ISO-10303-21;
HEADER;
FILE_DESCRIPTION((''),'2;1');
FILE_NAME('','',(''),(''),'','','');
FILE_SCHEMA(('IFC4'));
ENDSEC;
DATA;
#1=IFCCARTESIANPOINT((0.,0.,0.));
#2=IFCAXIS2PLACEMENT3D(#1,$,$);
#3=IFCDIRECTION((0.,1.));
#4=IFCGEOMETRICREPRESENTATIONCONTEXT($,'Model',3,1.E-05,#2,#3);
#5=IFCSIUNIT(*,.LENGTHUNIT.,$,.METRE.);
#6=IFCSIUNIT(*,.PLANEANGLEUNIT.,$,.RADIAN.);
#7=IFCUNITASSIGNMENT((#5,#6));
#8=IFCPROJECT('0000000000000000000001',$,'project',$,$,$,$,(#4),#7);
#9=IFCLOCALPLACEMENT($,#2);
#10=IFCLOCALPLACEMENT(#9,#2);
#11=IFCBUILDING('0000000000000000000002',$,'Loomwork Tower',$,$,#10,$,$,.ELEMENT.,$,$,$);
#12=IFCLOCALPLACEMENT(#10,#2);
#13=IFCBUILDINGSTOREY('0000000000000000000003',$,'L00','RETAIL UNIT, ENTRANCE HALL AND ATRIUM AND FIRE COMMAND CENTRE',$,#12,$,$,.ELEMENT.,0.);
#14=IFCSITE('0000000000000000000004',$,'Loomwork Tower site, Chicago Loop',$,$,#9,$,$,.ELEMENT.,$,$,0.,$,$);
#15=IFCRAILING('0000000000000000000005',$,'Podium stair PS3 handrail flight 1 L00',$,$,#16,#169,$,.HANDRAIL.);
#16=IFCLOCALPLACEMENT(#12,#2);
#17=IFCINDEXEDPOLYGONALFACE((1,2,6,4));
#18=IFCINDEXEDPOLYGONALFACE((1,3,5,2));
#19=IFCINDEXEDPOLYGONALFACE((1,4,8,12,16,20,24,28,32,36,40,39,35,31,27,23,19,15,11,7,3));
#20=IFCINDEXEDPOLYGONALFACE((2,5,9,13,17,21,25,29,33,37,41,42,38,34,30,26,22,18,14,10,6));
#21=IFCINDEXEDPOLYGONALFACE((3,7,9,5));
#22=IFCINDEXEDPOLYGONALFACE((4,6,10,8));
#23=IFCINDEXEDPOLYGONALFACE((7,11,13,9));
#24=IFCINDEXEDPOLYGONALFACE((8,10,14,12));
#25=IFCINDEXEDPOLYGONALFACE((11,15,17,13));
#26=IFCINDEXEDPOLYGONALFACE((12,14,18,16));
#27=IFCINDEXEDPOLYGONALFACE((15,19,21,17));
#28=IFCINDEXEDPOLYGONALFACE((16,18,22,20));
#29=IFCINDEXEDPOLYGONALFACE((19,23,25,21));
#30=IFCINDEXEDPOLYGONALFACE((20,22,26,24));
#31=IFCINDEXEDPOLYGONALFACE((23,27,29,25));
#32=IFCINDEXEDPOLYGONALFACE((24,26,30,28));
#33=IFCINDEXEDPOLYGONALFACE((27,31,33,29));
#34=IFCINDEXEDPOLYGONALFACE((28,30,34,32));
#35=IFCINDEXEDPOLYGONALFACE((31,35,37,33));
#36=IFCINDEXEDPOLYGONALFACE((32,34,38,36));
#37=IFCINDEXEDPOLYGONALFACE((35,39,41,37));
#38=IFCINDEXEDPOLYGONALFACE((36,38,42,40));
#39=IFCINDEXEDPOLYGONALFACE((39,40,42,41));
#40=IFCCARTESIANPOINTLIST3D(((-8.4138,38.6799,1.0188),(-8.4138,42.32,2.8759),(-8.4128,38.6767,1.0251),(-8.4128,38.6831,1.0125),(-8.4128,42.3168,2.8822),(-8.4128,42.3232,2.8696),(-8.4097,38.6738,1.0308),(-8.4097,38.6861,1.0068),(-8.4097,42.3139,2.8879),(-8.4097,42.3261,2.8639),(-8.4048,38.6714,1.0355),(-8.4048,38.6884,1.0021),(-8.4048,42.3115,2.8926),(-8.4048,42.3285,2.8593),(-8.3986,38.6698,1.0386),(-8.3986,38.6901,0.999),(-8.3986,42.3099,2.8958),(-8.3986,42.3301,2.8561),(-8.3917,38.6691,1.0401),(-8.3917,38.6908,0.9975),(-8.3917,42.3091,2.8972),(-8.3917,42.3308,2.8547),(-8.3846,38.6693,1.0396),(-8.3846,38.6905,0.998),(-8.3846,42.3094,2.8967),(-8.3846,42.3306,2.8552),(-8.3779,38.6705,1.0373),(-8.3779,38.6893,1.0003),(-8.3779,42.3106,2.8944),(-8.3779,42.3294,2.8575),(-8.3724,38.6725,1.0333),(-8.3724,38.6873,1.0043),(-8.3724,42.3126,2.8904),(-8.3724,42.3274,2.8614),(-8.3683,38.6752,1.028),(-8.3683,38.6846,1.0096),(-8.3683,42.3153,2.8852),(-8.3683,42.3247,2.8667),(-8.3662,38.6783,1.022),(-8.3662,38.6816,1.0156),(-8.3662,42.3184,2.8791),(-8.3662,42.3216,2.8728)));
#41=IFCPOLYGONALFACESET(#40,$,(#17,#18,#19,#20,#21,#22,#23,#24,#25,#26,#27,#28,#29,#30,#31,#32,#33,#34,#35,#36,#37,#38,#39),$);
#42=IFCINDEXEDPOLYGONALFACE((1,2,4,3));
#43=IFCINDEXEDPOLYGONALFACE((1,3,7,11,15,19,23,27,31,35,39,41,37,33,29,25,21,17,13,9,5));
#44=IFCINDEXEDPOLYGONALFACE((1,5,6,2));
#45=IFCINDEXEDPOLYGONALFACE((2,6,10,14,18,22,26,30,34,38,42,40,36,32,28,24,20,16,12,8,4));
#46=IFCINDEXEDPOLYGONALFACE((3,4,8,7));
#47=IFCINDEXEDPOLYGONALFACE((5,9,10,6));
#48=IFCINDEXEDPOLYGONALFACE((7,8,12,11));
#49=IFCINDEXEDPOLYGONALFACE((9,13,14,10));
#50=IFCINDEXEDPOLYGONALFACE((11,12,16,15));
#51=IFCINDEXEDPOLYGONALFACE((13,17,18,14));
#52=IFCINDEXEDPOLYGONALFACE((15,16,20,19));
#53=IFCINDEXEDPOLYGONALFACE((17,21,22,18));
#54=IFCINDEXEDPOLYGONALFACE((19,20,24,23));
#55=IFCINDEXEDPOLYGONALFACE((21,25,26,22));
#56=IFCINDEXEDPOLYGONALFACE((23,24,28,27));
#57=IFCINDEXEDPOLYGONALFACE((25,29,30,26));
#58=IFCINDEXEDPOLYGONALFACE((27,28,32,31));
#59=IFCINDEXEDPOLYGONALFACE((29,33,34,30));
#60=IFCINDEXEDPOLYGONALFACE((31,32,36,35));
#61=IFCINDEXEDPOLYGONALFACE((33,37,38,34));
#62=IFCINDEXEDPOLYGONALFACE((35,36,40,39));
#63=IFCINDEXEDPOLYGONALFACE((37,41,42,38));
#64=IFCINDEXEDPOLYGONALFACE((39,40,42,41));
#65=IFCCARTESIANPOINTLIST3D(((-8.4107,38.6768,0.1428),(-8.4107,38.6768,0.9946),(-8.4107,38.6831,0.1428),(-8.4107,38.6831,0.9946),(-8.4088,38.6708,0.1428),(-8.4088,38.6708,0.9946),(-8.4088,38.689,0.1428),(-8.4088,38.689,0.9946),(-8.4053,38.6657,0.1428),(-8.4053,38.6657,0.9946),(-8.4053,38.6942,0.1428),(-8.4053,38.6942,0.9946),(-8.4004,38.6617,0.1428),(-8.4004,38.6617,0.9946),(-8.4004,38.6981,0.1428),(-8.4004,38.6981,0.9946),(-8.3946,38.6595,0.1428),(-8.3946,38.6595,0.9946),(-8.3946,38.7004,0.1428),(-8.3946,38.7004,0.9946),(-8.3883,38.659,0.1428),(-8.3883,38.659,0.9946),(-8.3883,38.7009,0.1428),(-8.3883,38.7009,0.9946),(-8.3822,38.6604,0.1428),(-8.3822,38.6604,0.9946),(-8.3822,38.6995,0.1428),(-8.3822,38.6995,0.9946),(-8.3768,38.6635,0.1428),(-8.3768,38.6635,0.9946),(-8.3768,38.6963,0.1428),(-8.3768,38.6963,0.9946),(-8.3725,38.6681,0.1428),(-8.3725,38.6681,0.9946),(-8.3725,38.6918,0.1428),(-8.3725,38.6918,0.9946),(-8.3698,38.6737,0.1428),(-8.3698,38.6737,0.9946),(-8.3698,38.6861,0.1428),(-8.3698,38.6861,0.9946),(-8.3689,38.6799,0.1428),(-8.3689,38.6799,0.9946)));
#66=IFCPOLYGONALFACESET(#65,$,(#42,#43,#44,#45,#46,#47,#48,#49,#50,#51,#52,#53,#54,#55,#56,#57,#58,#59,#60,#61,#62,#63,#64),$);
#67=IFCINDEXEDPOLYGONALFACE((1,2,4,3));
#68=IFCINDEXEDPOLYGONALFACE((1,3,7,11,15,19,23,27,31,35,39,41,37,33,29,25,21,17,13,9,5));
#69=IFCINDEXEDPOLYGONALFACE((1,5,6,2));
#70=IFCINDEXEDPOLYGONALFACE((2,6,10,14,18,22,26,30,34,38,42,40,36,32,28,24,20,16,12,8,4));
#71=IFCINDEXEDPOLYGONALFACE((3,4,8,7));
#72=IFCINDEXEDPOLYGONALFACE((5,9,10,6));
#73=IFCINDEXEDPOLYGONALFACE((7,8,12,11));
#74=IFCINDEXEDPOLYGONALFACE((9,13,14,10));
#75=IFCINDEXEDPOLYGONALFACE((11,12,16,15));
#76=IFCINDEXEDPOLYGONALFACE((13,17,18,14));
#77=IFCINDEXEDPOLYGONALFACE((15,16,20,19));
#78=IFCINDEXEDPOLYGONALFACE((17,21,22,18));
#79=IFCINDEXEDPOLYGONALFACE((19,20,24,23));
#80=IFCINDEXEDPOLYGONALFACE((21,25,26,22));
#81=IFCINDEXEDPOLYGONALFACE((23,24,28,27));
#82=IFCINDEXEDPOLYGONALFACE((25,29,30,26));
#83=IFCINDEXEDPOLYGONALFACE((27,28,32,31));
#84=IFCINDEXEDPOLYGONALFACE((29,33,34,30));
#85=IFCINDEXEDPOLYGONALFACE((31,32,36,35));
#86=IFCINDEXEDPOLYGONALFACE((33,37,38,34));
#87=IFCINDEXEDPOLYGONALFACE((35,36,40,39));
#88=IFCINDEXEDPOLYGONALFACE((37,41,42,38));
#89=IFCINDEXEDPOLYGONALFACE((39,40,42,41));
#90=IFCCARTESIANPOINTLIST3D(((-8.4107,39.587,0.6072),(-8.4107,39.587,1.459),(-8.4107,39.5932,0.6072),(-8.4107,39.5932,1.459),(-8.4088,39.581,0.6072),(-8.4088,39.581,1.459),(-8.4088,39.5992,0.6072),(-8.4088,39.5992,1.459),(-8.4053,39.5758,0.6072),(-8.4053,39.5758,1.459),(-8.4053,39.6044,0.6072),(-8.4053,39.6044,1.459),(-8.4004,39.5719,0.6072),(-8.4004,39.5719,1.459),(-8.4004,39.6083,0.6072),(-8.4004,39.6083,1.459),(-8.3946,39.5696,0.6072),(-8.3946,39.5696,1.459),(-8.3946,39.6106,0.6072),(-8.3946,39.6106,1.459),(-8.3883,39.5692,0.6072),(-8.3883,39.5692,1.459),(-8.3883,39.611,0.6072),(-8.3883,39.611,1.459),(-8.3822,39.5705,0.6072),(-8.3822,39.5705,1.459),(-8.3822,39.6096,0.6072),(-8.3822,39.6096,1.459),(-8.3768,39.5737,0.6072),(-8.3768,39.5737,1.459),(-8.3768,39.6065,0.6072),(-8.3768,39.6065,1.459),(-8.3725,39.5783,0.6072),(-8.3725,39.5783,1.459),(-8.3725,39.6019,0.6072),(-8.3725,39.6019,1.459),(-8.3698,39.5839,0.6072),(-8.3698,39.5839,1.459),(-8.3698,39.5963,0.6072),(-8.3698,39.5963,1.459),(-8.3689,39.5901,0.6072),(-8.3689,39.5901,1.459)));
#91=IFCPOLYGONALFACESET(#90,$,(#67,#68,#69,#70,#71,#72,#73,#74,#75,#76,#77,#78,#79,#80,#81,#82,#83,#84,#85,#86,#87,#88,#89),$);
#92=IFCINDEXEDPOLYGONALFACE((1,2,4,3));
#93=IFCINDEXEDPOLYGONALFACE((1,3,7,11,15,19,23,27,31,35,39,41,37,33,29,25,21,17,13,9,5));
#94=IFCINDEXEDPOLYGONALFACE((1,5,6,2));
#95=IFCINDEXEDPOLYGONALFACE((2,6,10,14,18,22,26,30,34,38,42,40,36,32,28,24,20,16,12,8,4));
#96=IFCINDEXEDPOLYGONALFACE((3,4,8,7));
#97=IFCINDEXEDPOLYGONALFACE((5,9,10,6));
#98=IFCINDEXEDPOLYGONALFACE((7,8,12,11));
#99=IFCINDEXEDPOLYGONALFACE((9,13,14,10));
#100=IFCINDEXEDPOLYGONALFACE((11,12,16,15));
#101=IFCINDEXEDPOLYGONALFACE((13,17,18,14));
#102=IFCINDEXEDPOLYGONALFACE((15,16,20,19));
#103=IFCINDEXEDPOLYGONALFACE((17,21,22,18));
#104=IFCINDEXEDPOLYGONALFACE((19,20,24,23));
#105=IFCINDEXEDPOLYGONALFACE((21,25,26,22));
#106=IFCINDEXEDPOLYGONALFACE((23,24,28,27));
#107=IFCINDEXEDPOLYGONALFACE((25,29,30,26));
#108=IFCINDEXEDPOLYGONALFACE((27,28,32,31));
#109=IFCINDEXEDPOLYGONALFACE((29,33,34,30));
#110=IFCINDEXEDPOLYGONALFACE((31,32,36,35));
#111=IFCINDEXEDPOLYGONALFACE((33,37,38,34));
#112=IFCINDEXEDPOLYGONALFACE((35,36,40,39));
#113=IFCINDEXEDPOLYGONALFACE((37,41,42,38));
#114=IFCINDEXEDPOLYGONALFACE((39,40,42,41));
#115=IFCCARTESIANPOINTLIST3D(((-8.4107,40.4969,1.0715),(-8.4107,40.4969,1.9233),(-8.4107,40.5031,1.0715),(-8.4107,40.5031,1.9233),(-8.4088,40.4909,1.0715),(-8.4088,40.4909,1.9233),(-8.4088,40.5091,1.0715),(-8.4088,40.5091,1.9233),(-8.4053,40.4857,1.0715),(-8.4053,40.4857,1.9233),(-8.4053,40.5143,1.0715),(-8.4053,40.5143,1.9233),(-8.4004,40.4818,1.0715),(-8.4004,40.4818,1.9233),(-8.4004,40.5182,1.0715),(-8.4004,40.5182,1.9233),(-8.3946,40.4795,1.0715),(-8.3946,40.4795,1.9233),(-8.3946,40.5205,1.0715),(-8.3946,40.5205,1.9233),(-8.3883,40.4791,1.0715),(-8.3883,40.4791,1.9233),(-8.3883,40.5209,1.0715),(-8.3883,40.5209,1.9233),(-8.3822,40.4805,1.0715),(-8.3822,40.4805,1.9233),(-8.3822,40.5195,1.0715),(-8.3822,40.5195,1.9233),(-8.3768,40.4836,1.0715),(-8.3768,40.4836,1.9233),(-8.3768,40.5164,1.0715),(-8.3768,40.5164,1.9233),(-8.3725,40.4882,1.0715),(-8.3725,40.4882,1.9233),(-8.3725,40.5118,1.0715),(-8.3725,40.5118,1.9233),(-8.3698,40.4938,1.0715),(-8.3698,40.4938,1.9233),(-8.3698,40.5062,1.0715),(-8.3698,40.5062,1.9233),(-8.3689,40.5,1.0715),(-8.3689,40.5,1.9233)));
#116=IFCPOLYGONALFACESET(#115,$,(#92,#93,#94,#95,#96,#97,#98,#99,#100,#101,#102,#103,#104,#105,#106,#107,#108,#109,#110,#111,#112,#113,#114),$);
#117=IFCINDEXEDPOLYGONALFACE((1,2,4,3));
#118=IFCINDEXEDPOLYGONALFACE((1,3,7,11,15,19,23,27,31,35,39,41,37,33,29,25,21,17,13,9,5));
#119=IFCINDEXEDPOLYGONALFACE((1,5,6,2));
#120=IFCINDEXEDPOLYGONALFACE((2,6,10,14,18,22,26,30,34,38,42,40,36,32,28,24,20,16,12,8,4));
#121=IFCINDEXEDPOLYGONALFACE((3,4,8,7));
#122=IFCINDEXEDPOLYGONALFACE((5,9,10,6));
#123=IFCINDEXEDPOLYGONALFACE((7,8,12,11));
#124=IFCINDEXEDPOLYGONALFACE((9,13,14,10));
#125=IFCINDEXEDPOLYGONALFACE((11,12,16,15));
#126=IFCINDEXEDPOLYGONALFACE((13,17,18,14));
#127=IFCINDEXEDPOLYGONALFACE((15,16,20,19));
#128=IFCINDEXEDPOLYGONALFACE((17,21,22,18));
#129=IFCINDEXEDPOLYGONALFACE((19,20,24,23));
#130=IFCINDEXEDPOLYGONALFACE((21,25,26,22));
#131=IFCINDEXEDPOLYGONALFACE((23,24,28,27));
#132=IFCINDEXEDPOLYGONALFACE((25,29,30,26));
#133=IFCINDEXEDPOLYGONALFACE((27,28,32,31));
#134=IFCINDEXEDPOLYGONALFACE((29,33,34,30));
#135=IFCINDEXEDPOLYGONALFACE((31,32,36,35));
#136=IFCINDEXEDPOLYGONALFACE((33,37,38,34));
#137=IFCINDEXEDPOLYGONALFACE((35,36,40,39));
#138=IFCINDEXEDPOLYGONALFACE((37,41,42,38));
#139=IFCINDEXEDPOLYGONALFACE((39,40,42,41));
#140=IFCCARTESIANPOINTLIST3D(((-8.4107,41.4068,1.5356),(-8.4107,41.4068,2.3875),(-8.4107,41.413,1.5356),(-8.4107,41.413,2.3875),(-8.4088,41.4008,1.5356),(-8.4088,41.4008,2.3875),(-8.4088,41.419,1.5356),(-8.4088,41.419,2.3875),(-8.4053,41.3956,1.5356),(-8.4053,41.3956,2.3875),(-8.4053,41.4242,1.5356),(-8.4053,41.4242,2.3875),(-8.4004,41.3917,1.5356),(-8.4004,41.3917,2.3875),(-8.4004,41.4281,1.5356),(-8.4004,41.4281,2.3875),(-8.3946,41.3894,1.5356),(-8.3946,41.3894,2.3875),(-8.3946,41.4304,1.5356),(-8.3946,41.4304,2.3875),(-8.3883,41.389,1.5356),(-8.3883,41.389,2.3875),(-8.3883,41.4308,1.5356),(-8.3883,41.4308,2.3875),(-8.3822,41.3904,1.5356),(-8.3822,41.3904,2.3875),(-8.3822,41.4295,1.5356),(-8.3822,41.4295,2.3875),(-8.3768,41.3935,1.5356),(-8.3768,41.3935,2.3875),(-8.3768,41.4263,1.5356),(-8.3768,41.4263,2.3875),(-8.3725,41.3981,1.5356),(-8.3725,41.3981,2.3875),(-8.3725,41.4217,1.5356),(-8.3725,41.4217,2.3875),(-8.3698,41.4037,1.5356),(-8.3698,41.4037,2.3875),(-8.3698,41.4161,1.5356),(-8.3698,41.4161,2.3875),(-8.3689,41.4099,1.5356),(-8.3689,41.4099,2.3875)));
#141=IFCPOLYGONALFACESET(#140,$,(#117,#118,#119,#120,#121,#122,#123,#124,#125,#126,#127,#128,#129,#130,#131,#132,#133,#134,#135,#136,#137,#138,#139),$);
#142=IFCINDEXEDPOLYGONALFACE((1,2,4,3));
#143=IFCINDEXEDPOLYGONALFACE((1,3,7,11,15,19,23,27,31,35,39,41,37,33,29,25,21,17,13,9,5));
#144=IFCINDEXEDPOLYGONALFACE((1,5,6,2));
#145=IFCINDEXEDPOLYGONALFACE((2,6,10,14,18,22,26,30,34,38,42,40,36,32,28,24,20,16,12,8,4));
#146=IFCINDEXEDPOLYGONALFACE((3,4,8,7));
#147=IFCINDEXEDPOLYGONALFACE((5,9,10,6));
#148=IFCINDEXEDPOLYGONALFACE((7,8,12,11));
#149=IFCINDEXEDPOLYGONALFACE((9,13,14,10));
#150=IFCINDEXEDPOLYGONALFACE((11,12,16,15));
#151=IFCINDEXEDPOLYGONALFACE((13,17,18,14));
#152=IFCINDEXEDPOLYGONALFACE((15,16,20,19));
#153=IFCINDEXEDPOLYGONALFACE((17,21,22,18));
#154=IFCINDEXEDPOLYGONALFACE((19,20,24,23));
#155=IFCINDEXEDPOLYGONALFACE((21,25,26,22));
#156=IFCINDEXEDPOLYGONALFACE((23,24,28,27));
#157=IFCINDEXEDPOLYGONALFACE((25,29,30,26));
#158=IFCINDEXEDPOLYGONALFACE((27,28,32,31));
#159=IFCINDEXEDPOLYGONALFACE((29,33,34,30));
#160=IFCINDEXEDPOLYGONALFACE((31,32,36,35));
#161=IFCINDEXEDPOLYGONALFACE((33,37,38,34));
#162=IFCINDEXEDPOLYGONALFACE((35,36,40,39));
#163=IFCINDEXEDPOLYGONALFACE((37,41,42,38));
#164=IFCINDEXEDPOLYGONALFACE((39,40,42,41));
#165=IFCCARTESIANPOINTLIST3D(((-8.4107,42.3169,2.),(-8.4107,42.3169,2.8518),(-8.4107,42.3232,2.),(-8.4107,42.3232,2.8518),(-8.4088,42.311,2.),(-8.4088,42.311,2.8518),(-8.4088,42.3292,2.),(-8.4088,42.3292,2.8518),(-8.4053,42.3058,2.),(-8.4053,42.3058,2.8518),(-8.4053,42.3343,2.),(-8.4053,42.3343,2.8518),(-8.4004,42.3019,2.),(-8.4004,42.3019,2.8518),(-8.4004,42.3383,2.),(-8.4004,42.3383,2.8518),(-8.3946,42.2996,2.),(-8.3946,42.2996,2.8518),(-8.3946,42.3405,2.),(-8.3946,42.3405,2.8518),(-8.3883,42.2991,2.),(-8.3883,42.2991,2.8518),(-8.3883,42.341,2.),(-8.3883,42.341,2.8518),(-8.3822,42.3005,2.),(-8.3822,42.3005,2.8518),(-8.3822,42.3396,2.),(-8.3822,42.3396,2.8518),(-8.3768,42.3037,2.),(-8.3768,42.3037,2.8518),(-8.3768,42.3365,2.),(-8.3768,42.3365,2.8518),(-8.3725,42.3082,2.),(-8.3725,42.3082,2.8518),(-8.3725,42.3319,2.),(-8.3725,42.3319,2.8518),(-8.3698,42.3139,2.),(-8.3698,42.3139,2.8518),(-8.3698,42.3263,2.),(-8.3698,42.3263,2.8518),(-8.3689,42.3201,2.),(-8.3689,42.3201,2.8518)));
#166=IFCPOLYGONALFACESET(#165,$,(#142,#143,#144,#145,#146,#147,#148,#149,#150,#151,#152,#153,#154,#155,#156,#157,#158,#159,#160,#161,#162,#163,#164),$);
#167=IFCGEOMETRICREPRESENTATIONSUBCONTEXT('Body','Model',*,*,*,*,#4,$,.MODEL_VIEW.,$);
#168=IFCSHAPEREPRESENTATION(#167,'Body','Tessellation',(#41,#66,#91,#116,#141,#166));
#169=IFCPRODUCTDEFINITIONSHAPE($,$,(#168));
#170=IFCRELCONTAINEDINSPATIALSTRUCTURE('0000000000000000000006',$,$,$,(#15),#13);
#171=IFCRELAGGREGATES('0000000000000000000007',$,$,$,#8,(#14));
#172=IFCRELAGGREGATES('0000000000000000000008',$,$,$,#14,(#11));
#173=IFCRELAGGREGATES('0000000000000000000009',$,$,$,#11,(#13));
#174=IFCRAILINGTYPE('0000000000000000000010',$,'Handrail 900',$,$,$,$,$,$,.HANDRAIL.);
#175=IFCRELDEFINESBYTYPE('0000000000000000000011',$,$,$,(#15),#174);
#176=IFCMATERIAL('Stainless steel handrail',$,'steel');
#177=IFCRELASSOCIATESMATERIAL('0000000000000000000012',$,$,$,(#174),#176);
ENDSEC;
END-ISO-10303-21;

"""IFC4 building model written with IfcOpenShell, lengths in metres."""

from ifc_helpers import new_model, si_unit, direction, frame, origin, origin_2d, place, context, subcontext, project, spatial, circle, extrude, material, type_object, element, save


model = new_model("IFC4")

# Units and contexts
model_context = context("Model", 3, precision=1e-05, world=origin(), true_north=direction((0.0, 1.0)))
body_context = subcontext(model_context, "Body", "Model", "MODEL_VIEW")
ifc_project = project(units=[si_unit("LENGTHUNIT", "METRE"), si_unit("PLANEANGLEUNIT", "RADIAN")], contexts=[model_context])

# Site, building, storey
site_placement = place(None, origin())
site = spatial("IfcSite", under=ifc_project, at=site_placement, Name="Loomwork Tower site, Chicago Loop", CompositionType="ELEMENT", RefElevation=0.0)
building_placement = place(site_placement, origin())
building = spatial("IfcBuilding", under=site, at=building_placement, Name="Loomwork Tower", CompositionType="ELEMENT")
storey_placement = place(building_placement, origin())
storey = spatial("IfcBuildingStorey", under=building, at=storey_placement, Name="L00", Description="RETAIL UNIT, ENTRANCE HALL AND ATRIUM AND FIRE COMMAND CENTRE", CompositionType="ELEMENT", Elevation=0.0)

# Railing
ifc_material_1 = material(Name="Stainless steel handrail", Category="steel")
railing_type = type_object("IfcRailingType", Name="Handrail 900", PredefinedType="HANDRAIL", material=ifc_material_1)
for number, where, name in (
    (1, (-8.3899, 38.6799, 0.1428), "Podium stair PS3 handrail flight 1 L00"),
):
    element("IfcRailing", number, at=place(storey_placement, frame(where)), inside=storey, type_object=railing_type, Name=name, PredefinedType="HANDRAIL", context=body_context, shape_type="SweptSolid", body=[
        extrude(circle(Radius=0.0239, at=origin_2d()), frame((0.0, 0.0, 0.876), z_axis=(0.0, 0.890765, 0.454464), x_axis=(-1.0, 0.0, 0.0)), (0.0, 0.0, 1.0), 4.0864),
        extrude(circle(Radius=0.021, at=origin_2d()), origin(), (0.0, 0.0, 1.0), 0.8518),
        extrude(circle(Radius=0.021, at=origin_2d()), frame((0.0, 0.9102, 0.4644)), (0.0, 0.0, 1.0), 0.8518),
        extrude(circle(Radius=0.021, at=origin_2d()), frame((0.0, 1.8201, 0.9287)), (0.0, 0.0, 1.0), 0.8518),
        extrude(circle(Radius=0.021, at=origin_2d()), frame((0.0, 2.73, 1.3928)), (0.0, 0.0, 1.0), 0.8518),
        extrude(circle(Radius=0.021, at=origin_2d()), frame((0.0, 3.6401, 1.8572)), (0.0, 0.0, 1.0), 0.8518),
    ])

save(model, "model.ifc")
